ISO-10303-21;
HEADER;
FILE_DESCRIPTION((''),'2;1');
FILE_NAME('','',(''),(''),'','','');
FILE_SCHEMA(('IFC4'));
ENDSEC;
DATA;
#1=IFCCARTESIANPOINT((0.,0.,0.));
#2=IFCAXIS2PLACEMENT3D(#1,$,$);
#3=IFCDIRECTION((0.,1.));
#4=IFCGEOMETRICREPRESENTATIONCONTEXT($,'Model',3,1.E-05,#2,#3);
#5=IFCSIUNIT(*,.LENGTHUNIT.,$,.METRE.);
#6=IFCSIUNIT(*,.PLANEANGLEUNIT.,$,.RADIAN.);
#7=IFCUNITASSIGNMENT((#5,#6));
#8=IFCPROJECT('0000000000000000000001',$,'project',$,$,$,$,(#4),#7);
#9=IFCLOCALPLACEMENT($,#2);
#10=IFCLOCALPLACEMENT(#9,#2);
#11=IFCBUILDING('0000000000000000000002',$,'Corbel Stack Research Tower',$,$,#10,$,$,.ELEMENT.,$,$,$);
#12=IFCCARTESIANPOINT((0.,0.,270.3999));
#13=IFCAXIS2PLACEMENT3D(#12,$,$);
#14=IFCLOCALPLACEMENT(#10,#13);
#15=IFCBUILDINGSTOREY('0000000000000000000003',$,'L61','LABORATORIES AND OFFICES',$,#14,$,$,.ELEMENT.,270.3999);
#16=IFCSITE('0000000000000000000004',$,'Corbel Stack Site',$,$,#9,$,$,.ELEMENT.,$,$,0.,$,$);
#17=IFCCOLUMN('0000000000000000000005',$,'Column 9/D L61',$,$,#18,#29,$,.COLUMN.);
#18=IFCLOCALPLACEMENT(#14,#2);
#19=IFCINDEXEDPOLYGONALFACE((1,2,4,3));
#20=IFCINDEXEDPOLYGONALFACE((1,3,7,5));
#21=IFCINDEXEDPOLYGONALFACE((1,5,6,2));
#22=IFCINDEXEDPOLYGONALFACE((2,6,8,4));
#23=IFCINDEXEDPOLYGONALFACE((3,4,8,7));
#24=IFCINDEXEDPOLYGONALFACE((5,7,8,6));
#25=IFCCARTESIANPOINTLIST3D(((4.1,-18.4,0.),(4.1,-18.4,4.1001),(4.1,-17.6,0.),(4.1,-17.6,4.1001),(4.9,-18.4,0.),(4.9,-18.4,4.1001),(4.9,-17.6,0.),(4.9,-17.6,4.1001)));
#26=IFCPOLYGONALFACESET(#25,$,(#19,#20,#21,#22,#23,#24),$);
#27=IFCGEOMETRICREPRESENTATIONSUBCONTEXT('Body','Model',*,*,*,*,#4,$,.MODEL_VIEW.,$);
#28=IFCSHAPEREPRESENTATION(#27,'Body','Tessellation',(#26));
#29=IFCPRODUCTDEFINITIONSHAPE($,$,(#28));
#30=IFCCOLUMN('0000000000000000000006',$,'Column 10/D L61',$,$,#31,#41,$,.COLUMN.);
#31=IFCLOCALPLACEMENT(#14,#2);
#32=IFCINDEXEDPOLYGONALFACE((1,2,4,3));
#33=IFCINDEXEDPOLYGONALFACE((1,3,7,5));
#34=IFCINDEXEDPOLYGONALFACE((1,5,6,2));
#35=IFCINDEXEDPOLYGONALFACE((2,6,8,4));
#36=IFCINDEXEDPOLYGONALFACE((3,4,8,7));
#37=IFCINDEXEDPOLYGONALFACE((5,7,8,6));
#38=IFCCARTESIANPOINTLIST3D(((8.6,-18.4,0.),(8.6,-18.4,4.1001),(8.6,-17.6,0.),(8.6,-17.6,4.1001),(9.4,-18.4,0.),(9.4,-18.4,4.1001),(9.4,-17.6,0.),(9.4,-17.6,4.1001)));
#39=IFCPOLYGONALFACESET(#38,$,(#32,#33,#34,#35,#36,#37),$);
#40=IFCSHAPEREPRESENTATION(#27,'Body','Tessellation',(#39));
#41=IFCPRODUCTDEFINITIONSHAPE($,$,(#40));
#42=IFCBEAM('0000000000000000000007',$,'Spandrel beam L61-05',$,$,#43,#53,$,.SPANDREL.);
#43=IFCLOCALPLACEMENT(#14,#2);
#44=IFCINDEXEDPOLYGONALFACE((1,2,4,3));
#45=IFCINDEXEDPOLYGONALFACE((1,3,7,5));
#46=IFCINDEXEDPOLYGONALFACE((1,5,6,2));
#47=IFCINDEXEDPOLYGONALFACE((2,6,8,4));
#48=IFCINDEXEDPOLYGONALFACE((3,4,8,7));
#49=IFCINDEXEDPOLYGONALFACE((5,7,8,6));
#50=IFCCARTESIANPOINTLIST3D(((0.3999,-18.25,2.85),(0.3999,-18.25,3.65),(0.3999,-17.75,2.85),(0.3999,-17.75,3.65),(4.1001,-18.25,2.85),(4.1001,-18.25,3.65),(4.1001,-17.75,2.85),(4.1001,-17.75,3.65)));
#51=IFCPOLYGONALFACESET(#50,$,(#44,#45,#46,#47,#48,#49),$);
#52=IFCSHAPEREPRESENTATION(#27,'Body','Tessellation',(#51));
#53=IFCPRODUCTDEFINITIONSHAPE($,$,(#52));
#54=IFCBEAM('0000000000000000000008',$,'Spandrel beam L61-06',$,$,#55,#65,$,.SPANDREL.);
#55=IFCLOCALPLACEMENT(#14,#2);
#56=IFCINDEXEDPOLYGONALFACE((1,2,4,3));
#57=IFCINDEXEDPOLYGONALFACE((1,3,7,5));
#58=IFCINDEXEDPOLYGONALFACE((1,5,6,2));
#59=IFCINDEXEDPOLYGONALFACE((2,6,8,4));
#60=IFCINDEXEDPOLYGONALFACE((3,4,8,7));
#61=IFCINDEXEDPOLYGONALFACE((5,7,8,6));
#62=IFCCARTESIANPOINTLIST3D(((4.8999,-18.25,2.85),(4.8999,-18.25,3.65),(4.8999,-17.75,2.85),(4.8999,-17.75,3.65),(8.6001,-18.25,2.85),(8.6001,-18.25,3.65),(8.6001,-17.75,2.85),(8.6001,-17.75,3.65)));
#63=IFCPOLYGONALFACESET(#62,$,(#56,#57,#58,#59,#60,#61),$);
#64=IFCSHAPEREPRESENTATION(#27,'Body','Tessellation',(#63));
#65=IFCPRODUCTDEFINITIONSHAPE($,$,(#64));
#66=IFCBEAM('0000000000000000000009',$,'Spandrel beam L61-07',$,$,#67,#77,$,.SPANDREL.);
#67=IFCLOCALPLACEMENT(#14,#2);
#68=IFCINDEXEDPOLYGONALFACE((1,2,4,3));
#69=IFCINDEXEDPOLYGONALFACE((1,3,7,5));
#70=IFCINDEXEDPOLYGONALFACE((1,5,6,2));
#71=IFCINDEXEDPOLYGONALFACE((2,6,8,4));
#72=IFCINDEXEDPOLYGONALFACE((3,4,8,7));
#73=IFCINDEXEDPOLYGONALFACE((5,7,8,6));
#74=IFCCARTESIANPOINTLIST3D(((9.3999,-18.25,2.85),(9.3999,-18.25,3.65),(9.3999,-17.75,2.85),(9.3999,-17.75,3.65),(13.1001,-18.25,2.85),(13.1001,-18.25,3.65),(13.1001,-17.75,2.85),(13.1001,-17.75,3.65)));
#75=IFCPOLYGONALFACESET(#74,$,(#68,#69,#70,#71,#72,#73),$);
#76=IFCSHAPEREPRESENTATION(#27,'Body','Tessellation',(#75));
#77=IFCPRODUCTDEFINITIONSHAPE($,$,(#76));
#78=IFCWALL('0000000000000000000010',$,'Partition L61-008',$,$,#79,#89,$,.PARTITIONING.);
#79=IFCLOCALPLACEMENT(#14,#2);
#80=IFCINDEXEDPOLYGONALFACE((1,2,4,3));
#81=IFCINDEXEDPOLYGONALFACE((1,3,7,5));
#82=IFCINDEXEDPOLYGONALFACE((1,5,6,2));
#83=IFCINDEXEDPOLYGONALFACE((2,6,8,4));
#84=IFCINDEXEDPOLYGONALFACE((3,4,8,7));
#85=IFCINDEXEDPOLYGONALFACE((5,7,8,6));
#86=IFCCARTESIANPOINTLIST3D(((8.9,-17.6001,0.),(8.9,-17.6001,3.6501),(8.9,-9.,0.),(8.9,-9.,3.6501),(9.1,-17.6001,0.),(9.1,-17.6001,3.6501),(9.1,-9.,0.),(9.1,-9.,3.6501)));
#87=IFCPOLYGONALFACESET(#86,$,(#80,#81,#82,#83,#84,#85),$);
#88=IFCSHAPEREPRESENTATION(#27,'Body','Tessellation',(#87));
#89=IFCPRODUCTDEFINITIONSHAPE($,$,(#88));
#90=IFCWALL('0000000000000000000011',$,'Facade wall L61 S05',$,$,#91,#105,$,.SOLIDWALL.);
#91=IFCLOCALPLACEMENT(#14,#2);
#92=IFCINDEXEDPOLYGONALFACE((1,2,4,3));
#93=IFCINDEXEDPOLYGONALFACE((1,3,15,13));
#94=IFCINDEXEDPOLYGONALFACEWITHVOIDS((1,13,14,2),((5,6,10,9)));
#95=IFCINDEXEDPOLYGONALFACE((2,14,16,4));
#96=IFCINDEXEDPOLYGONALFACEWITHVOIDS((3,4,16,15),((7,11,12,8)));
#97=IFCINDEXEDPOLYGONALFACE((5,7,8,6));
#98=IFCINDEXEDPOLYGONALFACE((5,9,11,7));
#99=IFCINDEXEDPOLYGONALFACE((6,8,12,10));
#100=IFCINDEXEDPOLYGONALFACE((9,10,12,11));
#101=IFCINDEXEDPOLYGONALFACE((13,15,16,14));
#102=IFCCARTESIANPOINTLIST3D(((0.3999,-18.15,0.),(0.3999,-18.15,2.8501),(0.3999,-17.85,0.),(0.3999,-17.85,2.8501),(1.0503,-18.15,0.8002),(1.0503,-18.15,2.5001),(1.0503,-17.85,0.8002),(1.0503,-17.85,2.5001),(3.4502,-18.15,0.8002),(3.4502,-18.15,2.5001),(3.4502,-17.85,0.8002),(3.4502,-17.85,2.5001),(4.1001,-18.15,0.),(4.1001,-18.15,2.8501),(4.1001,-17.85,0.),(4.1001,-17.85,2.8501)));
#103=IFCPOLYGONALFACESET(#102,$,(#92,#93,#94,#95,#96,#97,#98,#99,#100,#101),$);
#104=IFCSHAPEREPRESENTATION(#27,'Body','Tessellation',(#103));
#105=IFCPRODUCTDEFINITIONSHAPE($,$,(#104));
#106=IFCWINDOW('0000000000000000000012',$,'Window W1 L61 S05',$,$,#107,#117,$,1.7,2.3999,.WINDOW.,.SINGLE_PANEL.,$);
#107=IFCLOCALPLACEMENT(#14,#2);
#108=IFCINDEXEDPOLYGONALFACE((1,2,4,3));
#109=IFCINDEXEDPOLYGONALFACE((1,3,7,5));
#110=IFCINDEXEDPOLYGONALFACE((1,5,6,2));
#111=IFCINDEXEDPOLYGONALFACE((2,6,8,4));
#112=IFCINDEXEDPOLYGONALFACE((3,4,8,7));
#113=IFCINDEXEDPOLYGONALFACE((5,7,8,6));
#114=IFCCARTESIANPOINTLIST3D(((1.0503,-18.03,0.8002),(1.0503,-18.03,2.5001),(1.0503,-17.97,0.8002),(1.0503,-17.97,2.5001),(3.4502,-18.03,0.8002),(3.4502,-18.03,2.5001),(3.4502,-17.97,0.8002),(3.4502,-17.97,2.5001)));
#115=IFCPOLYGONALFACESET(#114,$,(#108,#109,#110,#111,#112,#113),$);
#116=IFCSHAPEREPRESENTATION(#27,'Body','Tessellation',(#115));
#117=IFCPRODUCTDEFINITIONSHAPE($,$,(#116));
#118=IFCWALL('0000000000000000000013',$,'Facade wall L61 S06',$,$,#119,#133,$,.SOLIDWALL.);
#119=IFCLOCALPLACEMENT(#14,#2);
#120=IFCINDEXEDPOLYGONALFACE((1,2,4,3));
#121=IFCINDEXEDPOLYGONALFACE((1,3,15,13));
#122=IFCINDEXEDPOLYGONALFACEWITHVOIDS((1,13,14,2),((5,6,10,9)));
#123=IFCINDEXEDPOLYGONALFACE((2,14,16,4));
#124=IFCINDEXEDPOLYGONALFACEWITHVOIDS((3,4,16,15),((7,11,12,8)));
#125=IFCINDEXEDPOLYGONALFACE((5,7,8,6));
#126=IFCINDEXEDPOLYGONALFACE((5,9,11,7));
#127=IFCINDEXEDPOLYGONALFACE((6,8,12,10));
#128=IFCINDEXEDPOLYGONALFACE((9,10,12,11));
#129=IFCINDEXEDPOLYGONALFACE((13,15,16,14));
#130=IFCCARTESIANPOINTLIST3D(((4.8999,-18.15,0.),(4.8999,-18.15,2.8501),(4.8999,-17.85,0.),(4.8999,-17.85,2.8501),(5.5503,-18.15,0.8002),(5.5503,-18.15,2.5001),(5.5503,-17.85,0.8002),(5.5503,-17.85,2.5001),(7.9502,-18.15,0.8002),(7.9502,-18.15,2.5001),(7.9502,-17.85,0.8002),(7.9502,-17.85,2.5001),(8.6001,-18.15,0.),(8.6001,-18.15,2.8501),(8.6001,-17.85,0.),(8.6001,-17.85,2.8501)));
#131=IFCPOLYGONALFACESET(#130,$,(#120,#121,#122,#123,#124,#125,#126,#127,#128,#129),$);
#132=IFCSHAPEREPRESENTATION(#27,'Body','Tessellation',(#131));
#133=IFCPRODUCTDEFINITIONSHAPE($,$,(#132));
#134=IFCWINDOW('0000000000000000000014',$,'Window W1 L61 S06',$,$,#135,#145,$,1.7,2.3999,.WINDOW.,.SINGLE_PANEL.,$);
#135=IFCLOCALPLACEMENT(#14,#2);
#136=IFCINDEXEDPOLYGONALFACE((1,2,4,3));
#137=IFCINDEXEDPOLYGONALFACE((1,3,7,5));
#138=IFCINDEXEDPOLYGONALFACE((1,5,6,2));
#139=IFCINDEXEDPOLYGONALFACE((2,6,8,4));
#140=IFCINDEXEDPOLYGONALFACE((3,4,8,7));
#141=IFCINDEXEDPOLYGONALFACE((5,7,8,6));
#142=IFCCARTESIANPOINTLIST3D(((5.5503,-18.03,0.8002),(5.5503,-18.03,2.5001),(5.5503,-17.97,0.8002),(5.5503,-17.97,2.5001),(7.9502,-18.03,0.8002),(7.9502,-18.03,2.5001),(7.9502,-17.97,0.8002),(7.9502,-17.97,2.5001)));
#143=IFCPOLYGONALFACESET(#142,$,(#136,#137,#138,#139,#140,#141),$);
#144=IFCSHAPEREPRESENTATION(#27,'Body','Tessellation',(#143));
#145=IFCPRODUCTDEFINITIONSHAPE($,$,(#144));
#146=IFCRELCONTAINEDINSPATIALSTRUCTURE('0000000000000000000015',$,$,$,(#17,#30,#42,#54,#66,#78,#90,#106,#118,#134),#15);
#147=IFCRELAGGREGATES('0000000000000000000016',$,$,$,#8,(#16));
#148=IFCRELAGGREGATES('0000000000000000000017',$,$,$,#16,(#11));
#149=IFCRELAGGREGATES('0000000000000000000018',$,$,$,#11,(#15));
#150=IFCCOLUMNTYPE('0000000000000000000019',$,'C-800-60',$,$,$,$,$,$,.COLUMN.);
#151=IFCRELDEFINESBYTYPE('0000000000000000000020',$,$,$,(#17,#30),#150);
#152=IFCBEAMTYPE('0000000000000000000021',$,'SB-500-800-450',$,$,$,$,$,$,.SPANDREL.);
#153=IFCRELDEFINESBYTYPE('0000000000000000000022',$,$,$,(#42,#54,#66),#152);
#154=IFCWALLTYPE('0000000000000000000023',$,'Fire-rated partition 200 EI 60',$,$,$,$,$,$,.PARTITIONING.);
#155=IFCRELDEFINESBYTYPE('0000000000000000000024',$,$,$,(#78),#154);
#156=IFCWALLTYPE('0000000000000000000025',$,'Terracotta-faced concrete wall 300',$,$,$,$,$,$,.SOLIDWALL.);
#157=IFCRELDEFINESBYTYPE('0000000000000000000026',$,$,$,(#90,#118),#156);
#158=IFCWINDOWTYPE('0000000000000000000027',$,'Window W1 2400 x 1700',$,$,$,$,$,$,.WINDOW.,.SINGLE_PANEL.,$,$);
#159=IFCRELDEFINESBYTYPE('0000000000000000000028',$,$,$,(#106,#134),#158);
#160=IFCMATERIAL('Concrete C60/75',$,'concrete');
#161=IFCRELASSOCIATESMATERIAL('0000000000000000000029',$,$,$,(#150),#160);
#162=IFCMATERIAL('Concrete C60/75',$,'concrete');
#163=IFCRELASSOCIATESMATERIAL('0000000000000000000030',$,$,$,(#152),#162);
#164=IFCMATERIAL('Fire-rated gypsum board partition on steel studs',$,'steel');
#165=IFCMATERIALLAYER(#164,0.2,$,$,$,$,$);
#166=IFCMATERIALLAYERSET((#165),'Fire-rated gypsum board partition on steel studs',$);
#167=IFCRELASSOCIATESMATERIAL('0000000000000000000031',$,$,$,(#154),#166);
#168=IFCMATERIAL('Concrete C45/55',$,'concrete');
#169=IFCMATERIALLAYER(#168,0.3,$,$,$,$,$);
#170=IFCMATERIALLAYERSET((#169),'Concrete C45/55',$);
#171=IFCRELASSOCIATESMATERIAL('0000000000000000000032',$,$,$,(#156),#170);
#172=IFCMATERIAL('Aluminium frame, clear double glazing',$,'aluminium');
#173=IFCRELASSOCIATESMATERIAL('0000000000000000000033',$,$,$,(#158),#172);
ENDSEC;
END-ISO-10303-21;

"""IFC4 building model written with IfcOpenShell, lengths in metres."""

from ifc_helpers import new_model, si_unit, direction, frame, frame_2d, origin, origin_2d, place, context, subcontext, project, spatial, rectangle, extrude, material, layer, layer_set, material_profile, profile_set, type_object, element, fill, save


model = new_model("IFC4")

# Units and contexts
model_context = context("Model", 3, precision=1e-05, world=origin(), true_north=direction((0.0, 1.0)))
body_context = subcontext(model_context, "Body", "Model", "MODEL_VIEW")
ifc_project = project(units=[si_unit("LENGTHUNIT", "METRE"), si_unit("PLANEANGLEUNIT", "RADIAN")], contexts=[model_context])

# Site, building, storey
site_placement = place(None, origin())
site = spatial("IfcSite", under=ifc_project, at=site_placement, Name="Corbel Stack Site", CompositionType="ELEMENT", RefElevation=0.0)
building_placement = place(site_placement, origin())
building = spatial("IfcBuilding", under=site, at=building_placement, Name="Corbel Stack Research Tower", CompositionType="ELEMENT")
storey_placement = place(building_placement, frame((0.0, 0.0, 270.3999)))
storey = spatial("IfcBuildingStorey", under=building, at=storey_placement, Name="L61", Description="LABORATORIES AND OFFICES", CompositionType="ELEMENT", Elevation=270.3999)

# Columns
ifc_material_1 = material(Name="Concrete C60/75", Category="concrete")
ifc_material_profile_1 = material_profile(ifc_material_1, rectangle(XDim=0.8, YDim=0.8, at=origin_2d()), Name="RC 800 x 800")
ifc_profile_set_1 = profile_set([ifc_material_profile_1], Name="Concrete C60/75")
column_type = type_object("IfcColumnType", Name="C-800-60", PredefinedType="COLUMN", material=ifc_profile_set_1)
for number, where, z_axis, x_axis, name in (
    (1, (4.5, -18.0, 0.0), (0.0, 0.0, 1.0), (1.0, 0.0, 0.0), "Column 9/D L61"),
    (2, (9.0, -18.0, 0.0), (0.0, 0.0, 1.0), (1.0, 0.0, 0.0), "Column 10/D L61"),
):
    element("IfcColumn", number, at=place(storey_placement, frame(where, z_axis=z_axis, x_axis=x_axis)), inside=storey, type_object=column_type, Name=name, PredefinedType="COLUMN", context=body_context, shape_type="SweptSolid", body=[
        extrude(rectangle(XDim=0.8, YDim=0.8, at=origin_2d()), origin(), (0.0, 0.0, 1.0), 4.1001),
    ])

# Beams
ifc_material_2 = material(Name="Concrete C60/75", Category="concrete")
ifc_material_profile_2 = material_profile(ifc_material_2, rectangle(XDim=0.5, YDim=0.8, at=origin_2d()), Name="RC 500 x 800")
ifc_profile_set_2 = profile_set([ifc_material_profile_2], Name="Concrete C60/75")
beam_type = type_object("IfcBeamType", Name="SB-500-800-450", PredefinedType="SPANDREL", material=ifc_profile_set_2)
for number, where, z_axis, x_axis, name in (
    (3, (0.3999, -18.0, 3.25), (1.0, 0.0, 0.0), (0.0, 1.0, 0.0), "Spandrel beam L61-05"),
    (4, (4.8999, -18.0, 3.25), (1.0, 0.0, 0.0), (0.0, 1.0, 0.0), "Spandrel beam L61-06"),
    (5, (9.3999, -18.0, 3.25), (1.0, 0.0, 0.0), (0.0, 1.0, 0.0), "Spandrel beam L61-07"),
):
    element("IfcBeam", number, at=place(storey_placement, frame(where, z_axis=z_axis, x_axis=x_axis)), inside=storey, type_object=beam_type, Name=name, PredefinedType="SPANDREL", context=body_context, shape_type="SweptSolid", body=[
        extrude(rectangle(XDim=0.5, YDim=0.8, at=origin_2d()), origin(), (0.0, 0.0, 1.0), 3.7002),
    ])

# Wall
ifc_material_3 = material(Name="Fire-rated gypsum board partition on steel studs", Category="steel")
ifc_layer_1 = layer(ifc_material_3, 0.2)
ifc_layer_set_1 = layer_set([ifc_layer_1], Name="Fire-rated gypsum board partition on steel studs")
wall_type_1 = type_object("IfcWallType", Name="Fire-rated partition 200 EI 60", PredefinedType="PARTITIONING", material=ifc_layer_set_1)
wall_1_placement = place(storey_placement, frame((9.0, -17.6001, 0.0), z_axis=(0.0, 0.0, 1.0), x_axis=(0.0, 1.0, 0.0)))
element("IfcWall", 6, at=wall_1_placement, inside=storey, type_object=wall_type_1, Name="Partition L61-008", PredefinedType="PARTITIONING", context=body_context, shape_type="SweptSolid", body=[
    extrude(rectangle(XDim=8.6001, YDim=0.2, at=frame_2d((4.3, 0.0))), origin(), (0.0, 0.0, 1.0), 3.6501),
])

# Walls, openings, windows
ifc_material_4 = material(Name="Concrete C45/55", Category="concrete")
ifc_layer_2 = layer(ifc_material_4, 0.3)
ifc_layer_set_2 = layer_set([ifc_layer_2], Name="Concrete C45/55")
wall_type_2 = type_object("IfcWallType", Name="Terracotta-faced concrete wall 300", PredefinedType="SOLIDWALL", material=ifc_layer_set_2)
wall_2_placement = place(storey_placement, frame((4.1001, -18.0, 0.0), z_axis=(0.0, 0.0, 1.0), x_axis=(-1.0, 0.0, 0.0)))
wall_2 = element("IfcWall", 7, at=wall_2_placement, inside=storey, type_object=wall_type_2, Name="Facade wall L61 S05", PredefinedType="SOLIDWALL", context=body_context, shape_type="SweptSolid", body=[
    extrude(rectangle(XDim=3.7002, YDim=0.3, at=frame_2d((1.8501, 0.0))), origin(), (0.0, 0.0, 1.0), 2.8501),
])
opening_1_placement = place(wall_2_placement, frame((0.6499, 0.0, 0.8)))
opening_1 = element("IfcOpeningElement", 8, at=opening_1_placement, cuts=wall_2, PredefinedType="OPENING", context=body_context, shape_type="SweptSolid", body=[
    extrude(rectangle(XDim=2.3999, YDim=1.7, at=frame_2d((1.2, 0.8501))), frame((0.0, 0.1599, 0.0), z_axis=(0.0, -1.0, 0.0), x_axis=(1.0, 0.0, 0.0)), (0.0, 0.0, 1.0), 0.3201),
])
ifc_material_5 = material(Name="Aluminium frame, clear double glazing", Category="aluminium")
window_type = type_object("IfcWindowType", Name="Window W1 2400 x 1700", PartitioningType="SINGLE_PANEL", PredefinedType="WINDOW", material=ifc_material_5)
window_1_placement = place(opening_1_placement, origin())
window_1 = element("IfcWindow", 9, at=window_1_placement, inside=storey, type_object=window_type, Name="Window W1 L61 S05", OverallHeight=1.7, OverallWidth=2.3999, PartitioningType="SINGLE_PANEL", PredefinedType="WINDOW", context=body_context, shape_type="SweptSolid", body=[
    extrude(rectangle(XDim=2.3999, YDim=1.7, at=frame_2d((1.2, 0.8501))), frame((0.0, 0.03, 0.0), z_axis=(0.0, -1.0, 0.0), x_axis=(1.0, 0.0, 0.0)), (0.0, 0.0, 1.0), 0.0601),
])
fill(opening_1, window_1)
wall_3_placement = place(storey_placement, frame((8.6001, -18.0, 0.0), z_axis=(0.0, 0.0, 1.0), x_axis=(-1.0, 0.0, 0.0)))
wall_3 = element("IfcWall", 10, at=wall_3_placement, inside=storey, type_object=wall_type_2, Name="Facade wall L61 S06", PredefinedType="SOLIDWALL", context=body_context, shape_type="SweptSolid", body=[
    extrude(rectangle(XDim=3.7002, YDim=0.3, at=frame_2d((1.8501, 0.0))), origin(), (0.0, 0.0, 1.0), 2.8501),
])
opening_2_placement = place(wall_3_placement, frame((0.6499, 0.0, 0.8)))
opening_2 = element("IfcOpeningElement", 11, at=opening_2_placement, cuts=wall_3, PredefinedType="OPENING", context=body_context, shape_type="SweptSolid", body=[
    extrude(rectangle(XDim=2.3999, YDim=1.7, at=frame_2d((1.2, 0.8501))), frame((0.0, 0.1599, 0.0), z_axis=(0.0, -1.0, 0.0), x_axis=(1.0, 0.0, 0.0)), (0.0, 0.0, 1.0), 0.3201),
])
window_2_placement = place(opening_2_placement, origin())
window_2 = element("IfcWindow", 12, at=window_2_placement, inside=storey, type_object=window_type, Name="Window W1 L61 S06", OverallHeight=1.7, OverallWidth=2.3999, PartitioningType="SINGLE_PANEL", PredefinedType="WINDOW", context=body_context, shape_type="SweptSolid", body=[
    extrude(rectangle(XDim=2.3999, YDim=1.7, at=frame_2d((1.2, 0.8501))), frame((0.0, 0.03, 0.0), z_axis=(0.0, -1.0, 0.0), x_axis=(1.0, 0.0, 0.0)), (0.0, 0.0, 1.0), 0.0601),
])
fill(opening_2, window_2)

save(model, "model.ifc")
